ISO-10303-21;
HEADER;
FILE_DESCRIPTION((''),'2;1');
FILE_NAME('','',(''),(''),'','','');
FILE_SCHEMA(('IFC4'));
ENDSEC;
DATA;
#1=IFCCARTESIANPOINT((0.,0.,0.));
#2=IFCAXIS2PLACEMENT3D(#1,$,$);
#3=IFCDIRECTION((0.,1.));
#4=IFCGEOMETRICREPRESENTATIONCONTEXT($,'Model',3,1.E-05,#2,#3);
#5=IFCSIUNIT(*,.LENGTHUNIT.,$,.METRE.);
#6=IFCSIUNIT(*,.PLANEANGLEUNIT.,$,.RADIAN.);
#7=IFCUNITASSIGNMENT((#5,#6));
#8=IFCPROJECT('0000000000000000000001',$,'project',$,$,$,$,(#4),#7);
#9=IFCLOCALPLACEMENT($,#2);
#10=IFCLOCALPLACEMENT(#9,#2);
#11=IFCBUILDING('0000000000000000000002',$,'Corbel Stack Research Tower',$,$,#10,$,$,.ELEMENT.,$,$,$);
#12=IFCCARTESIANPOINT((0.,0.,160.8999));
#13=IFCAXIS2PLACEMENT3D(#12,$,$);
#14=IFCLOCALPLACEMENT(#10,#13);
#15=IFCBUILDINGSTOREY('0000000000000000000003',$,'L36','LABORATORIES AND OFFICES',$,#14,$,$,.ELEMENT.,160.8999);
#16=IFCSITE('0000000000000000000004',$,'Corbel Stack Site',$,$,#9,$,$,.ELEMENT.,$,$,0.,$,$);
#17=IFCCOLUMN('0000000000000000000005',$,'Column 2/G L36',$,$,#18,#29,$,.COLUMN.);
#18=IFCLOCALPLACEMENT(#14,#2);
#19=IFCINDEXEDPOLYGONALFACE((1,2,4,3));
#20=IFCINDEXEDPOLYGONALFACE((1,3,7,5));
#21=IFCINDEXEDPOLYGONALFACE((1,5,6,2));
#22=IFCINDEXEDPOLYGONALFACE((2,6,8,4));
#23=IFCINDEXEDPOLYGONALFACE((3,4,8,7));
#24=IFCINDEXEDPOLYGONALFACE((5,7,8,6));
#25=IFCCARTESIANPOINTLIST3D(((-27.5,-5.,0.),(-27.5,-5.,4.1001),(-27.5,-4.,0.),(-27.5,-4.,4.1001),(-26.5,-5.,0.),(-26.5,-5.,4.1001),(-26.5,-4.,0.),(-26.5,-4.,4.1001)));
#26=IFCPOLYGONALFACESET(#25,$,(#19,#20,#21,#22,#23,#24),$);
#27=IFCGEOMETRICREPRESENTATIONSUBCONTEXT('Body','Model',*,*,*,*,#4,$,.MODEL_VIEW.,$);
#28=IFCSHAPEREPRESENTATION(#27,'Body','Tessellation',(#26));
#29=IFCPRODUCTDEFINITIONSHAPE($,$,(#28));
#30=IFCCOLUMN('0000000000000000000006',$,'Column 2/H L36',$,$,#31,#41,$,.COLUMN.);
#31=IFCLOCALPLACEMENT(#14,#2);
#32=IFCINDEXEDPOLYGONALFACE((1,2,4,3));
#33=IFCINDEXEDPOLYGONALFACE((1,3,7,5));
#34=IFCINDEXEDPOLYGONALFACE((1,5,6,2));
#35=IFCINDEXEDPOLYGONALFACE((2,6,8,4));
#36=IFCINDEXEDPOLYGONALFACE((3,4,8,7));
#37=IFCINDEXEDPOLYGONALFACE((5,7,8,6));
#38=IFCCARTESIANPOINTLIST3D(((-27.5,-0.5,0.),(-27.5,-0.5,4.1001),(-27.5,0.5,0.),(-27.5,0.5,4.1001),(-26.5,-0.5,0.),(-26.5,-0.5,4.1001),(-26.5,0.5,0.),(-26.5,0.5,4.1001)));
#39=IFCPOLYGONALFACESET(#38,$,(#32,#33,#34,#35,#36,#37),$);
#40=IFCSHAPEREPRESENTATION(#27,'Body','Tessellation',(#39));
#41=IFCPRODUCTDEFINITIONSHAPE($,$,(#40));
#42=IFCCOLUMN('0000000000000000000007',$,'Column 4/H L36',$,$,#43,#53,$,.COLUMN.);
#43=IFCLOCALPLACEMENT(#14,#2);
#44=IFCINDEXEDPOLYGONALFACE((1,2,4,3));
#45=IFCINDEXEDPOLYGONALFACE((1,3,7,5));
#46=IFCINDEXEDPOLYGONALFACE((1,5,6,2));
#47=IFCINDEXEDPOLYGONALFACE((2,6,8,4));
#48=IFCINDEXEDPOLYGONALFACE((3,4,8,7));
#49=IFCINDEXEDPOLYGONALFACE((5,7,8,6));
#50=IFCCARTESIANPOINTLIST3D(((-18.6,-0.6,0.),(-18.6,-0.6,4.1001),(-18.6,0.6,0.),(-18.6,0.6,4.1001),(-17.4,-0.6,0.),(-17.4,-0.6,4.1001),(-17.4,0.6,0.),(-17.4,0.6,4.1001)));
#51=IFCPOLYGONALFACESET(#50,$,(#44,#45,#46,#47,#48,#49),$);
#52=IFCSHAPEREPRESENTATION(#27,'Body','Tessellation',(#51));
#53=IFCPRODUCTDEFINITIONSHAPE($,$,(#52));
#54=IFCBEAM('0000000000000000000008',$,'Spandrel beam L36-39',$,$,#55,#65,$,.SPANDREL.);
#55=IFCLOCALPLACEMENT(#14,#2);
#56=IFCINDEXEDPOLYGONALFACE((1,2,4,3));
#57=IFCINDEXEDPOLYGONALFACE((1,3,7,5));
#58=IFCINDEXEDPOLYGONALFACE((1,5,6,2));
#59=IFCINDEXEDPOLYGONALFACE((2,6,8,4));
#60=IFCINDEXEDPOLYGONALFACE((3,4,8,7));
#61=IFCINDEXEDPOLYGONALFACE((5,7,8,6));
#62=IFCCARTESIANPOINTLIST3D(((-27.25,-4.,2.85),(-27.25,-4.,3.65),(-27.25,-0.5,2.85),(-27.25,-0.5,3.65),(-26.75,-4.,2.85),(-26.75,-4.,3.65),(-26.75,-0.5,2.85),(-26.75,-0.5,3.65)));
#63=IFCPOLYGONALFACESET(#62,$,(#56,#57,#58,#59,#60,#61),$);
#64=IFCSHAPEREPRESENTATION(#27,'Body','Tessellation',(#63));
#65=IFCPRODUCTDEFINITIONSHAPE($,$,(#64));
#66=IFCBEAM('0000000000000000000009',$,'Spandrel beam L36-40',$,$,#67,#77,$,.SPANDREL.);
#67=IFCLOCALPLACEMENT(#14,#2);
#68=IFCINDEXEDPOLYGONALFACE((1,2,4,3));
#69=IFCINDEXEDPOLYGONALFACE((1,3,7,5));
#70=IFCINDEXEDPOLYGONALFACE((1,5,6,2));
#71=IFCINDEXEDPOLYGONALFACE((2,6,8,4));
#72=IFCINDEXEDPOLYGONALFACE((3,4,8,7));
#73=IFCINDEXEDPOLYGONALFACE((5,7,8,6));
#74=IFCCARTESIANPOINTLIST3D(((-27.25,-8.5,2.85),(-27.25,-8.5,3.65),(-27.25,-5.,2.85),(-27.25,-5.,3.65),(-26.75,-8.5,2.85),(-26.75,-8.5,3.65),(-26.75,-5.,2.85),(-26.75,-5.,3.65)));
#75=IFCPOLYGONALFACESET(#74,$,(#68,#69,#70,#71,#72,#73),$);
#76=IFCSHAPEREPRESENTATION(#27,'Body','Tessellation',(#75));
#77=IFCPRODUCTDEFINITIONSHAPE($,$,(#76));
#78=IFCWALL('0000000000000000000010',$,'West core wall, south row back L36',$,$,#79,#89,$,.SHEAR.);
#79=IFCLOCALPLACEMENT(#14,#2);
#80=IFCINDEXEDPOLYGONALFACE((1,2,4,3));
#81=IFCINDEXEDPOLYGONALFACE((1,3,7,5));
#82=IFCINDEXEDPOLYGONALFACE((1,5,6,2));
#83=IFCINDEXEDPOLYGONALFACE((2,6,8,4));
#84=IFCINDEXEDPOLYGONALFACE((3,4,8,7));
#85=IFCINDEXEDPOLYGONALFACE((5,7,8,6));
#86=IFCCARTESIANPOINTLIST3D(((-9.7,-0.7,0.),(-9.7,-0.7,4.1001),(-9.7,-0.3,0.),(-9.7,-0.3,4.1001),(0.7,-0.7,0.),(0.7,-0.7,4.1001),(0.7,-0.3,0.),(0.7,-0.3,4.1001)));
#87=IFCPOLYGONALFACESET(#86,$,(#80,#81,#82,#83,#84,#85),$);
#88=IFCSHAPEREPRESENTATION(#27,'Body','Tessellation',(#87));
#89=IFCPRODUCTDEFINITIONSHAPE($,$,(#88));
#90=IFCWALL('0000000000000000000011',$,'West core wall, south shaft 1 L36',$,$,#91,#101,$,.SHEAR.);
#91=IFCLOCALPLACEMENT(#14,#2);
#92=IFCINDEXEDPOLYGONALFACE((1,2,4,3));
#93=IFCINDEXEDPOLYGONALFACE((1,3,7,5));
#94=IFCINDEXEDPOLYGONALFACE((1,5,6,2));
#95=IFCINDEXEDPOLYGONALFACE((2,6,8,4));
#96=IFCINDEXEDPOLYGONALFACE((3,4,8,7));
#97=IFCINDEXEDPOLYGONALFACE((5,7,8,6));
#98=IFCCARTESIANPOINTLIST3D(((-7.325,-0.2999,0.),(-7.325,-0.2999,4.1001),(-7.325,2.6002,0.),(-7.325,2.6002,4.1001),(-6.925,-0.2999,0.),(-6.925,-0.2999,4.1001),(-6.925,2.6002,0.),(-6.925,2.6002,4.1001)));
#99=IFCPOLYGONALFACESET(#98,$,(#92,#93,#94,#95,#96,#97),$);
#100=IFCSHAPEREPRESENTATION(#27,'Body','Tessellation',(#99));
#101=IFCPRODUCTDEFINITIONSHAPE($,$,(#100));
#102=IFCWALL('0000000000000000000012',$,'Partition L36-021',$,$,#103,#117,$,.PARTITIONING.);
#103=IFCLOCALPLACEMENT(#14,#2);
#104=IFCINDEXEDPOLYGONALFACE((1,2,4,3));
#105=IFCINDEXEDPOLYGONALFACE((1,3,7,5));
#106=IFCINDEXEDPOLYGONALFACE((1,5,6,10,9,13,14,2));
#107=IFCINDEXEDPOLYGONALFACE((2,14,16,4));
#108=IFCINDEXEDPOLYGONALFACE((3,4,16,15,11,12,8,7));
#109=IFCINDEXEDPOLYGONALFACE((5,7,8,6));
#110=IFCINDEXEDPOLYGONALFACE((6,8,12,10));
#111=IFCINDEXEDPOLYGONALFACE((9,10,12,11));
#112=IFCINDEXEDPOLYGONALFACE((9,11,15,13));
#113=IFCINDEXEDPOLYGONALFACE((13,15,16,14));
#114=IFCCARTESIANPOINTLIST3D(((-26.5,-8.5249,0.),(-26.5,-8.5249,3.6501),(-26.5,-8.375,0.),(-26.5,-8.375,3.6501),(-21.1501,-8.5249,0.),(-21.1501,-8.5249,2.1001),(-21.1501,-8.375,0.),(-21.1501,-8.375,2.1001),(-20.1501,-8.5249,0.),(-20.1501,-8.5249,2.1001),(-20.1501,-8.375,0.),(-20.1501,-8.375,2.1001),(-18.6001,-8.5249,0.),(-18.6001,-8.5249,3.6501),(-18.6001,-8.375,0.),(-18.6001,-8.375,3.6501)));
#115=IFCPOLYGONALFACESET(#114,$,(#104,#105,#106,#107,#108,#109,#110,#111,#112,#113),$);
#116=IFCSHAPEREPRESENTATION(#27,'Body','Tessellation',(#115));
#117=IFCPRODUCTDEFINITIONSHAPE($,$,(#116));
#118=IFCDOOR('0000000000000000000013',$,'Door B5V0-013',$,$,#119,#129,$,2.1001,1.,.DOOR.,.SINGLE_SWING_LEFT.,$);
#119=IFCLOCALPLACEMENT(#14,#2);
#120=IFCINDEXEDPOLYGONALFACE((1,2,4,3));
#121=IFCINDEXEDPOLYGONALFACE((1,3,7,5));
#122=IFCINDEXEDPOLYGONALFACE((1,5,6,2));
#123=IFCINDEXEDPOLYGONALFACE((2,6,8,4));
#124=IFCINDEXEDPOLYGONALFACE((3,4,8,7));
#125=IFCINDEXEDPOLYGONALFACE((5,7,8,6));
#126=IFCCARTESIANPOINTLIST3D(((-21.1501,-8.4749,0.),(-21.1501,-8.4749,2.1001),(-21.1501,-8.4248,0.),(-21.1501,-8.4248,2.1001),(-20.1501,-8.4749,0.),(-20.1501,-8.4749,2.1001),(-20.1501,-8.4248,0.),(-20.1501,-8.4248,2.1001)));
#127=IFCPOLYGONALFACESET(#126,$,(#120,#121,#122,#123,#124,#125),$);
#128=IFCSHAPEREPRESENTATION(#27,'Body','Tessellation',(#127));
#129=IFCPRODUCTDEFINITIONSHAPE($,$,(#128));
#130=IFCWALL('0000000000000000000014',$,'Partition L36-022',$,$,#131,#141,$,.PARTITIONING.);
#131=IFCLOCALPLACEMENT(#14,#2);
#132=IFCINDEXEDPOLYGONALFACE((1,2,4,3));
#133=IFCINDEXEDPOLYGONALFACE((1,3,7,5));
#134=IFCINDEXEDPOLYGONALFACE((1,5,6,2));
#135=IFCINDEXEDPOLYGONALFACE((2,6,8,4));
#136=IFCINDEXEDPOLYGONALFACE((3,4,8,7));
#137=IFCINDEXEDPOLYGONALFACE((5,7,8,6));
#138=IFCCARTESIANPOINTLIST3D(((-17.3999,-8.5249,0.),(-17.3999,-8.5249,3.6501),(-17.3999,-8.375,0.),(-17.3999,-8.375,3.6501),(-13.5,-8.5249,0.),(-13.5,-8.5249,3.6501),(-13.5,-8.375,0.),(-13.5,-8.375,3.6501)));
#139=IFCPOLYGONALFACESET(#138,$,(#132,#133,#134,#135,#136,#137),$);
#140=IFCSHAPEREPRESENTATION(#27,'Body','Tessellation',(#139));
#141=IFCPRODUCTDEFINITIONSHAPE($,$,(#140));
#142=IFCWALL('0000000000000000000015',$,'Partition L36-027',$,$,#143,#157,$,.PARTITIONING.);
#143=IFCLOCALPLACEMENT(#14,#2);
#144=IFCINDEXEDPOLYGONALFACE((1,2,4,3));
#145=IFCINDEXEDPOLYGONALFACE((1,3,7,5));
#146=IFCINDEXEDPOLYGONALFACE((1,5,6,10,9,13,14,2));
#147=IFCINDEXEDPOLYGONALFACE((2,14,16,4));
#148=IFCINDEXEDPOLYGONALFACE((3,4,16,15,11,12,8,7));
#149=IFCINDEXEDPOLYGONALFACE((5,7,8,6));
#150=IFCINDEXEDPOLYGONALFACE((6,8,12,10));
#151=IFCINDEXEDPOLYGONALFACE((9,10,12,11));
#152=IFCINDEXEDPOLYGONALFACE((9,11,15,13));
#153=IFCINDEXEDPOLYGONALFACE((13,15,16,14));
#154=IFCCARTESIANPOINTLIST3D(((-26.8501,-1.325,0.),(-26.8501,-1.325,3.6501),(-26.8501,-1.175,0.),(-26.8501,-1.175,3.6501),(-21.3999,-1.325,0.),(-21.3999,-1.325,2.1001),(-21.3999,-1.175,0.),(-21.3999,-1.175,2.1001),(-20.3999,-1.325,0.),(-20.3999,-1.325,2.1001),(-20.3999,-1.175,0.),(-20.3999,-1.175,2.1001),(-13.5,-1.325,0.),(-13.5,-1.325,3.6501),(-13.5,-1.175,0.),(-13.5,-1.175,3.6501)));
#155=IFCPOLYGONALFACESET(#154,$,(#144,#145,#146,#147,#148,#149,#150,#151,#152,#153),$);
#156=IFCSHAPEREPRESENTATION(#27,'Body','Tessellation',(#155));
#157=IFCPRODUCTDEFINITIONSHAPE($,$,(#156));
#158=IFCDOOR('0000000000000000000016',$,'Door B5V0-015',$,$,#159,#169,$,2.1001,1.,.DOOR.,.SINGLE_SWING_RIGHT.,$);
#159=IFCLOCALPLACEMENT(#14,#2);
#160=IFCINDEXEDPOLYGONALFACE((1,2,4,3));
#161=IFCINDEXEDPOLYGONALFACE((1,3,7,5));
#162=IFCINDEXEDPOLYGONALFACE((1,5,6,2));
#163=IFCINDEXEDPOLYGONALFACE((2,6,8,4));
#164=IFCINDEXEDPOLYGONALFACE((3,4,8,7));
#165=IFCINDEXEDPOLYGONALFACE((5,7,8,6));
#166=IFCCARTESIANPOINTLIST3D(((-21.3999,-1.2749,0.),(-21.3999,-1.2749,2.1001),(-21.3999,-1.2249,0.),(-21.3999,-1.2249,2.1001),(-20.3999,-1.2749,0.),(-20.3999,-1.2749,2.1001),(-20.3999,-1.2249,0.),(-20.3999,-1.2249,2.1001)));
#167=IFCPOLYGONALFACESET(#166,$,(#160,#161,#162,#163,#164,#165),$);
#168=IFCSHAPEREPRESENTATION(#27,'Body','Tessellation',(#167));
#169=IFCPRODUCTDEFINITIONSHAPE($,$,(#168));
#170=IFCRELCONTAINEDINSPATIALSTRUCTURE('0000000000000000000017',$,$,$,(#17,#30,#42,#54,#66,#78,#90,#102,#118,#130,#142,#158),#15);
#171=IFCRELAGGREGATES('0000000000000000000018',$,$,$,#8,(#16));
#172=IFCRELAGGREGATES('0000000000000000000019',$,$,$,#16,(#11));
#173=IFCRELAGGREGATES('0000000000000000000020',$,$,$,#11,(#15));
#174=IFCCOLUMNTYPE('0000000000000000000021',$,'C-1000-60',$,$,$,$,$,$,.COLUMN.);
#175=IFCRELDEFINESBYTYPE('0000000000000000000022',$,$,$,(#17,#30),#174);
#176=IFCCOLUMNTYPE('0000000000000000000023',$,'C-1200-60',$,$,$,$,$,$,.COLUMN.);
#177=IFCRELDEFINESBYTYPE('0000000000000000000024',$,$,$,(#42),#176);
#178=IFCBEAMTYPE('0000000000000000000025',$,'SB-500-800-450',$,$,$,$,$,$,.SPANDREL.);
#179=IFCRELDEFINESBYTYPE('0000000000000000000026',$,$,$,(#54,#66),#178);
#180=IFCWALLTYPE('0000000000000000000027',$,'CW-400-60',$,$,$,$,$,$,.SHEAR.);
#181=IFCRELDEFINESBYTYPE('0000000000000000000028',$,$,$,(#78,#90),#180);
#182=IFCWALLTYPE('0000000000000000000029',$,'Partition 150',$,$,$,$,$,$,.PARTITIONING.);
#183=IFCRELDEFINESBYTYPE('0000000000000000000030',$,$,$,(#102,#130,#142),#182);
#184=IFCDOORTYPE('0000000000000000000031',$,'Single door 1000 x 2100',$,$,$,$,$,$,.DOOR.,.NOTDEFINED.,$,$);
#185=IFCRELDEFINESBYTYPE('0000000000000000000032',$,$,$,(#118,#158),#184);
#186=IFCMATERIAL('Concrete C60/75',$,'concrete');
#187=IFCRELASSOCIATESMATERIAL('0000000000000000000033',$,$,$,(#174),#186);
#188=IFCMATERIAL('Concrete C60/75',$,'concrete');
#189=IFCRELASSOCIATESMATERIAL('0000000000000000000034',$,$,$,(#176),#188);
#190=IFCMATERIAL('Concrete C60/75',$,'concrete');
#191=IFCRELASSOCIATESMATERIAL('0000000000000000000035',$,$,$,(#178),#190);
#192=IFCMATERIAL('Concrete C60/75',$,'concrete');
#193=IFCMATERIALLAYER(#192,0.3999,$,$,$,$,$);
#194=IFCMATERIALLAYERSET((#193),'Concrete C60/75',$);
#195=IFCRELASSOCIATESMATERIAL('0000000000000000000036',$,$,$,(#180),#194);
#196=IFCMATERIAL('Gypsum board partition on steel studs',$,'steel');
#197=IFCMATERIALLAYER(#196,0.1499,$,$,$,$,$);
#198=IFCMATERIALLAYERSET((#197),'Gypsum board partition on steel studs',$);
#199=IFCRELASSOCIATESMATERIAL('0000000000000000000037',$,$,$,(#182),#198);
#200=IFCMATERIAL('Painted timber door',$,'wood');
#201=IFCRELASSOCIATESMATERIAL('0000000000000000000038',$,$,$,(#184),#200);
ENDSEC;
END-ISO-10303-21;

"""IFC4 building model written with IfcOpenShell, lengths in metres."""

from ifc_helpers import new_model, si_unit, direction, frame, frame_2d, origin, origin_2d, place, context, subcontext, project, spatial, rectangle, extrude, material, layer, layer_set, material_profile, profile_set, type_object, element, fill, save


model = new_model("IFC4")

# Units and contexts
model_context = context("Model", 3, precision=1e-05, world=origin(), true_north=direction((0.0, 1.0)))
body_context = subcontext(model_context, "Body", "Model", "MODEL_VIEW")
ifc_project = project(units=[si_unit("LENGTHUNIT", "METRE"), si_unit("PLANEANGLEUNIT", "RADIAN")], contexts=[model_context])

# Site, building, storey
site_placement = place(None, origin())
site = spatial("IfcSite", under=ifc_project, at=site_placement, Name="Corbel Stack Site", CompositionType="ELEMENT", RefElevation=0.0)
building_placement = place(site_placement, origin())
building = spatial("IfcBuilding", under=site, at=building_placement, Name="Corbel Stack Research Tower", CompositionType="ELEMENT")
storey_placement = place(building_placement, frame((0.0, 0.0, 160.8999)))
storey = spatial("IfcBuildingStorey", under=building, at=storey_placement, Name="L36", Description="LABORATORIES AND OFFICES", CompositionType="ELEMENT", Elevation=160.8999)

# Columns
ifc_material_1 = material(Name="Concrete C60/75", Category="concrete")
ifc_material_profile_1 = material_profile(ifc_material_1, rectangle(XDim=1.0, YDim=1.0, at=origin_2d()), Name="RC 1000 x 1000")
ifc_profile_set_1 = profile_set([ifc_material_profile_1], Name="Concrete C60/75")
column_type_1 = type_object("IfcColumnType", Name="C-1000-60", PredefinedType="COLUMN", material=ifc_profile_set_1)
for number, where, z_axis, x_axis, name in (
    (1, (-27.0, -4.5, 0.0), (0.0, 0.0, 1.0), (1.0, 0.0, 0.0), "Column 2/G L36"),
    (2, (-27.0, 0.0, 0.0), (0.0, 0.0, 1.0), (1.0, 0.0, 0.0), "Column 2/H L36"),
):
    element("IfcColumn", number, at=place(storey_placement, frame(where, z_axis=z_axis, x_axis=x_axis)), inside=storey, type_object=column_type_1, Name=name, PredefinedType="COLUMN", context=body_context, shape_type="SweptSolid", body=[
        extrude(rectangle(XDim=1.0, YDim=1.0, at=origin_2d()), origin(), (0.0, 0.0, 1.0), 4.1001),
    ])
ifc_material_2 = material(Name="Concrete C60/75", Category="concrete")
ifc_material_profile_2 = material_profile(ifc_material_2, rectangle(XDim=1.2, YDim=1.2, at=origin_2d()), Name="RC 1200 x 1200")
ifc_profile_set_2 = profile_set([ifc_material_profile_2], Name="Concrete C60/75")
column_type_2 = type_object("IfcColumnType", Name="C-1200-60", PredefinedType="COLUMN", material=ifc_profile_set_2)
column_placement = place(storey_placement, frame((-18.0, 0.0, 0.0), z_axis=(0.0, 0.0, 1.0), x_axis=(1.0, 0.0, 0.0)))
element("IfcColumn", 3, at=column_placement, inside=storey, type_object=column_type_2, Name="Column 4/H L36", PredefinedType="COLUMN", context=body_context, shape_type="SweptSolid", body=[
    extrude(rectangle(XDim=1.2, YDim=1.2, at=origin_2d()), origin(), (0.0, 0.0, 1.0), 4.1001),
])

# Beams
ifc_material_3 = material(Name="Concrete C60/75", Category="concrete")
ifc_material_profile_3 = material_profile(ifc_material_3, rectangle(XDim=0.5, YDim=0.8, at=origin_2d()), Name="RC 500 x 800")
ifc_profile_set_3 = profile_set([ifc_material_profile_3], Name="Concrete C60/75")
beam_type = type_object("IfcBeamType", Name="SB-500-800-450", PredefinedType="SPANDREL", material=ifc_profile_set_3)
for number, where, z_axis, x_axis, name in (
    (4, (-27.0, -0.5, 3.25), (0.0, -1.0, 0.0), (1.0, 0.0, 0.0), "Spandrel beam L36-39"),
    (5, (-27.0, -5.0, 3.25), (0.0, -1.0, 0.0), (1.0, 0.0, 0.0), "Spandrel beam L36-40"),
):
    element("IfcBeam", number, at=place(storey_placement, frame(where, z_axis=z_axis, x_axis=x_axis)), inside=storey, type_object=beam_type, Name=name, PredefinedType="SPANDREL", context=body_context, shape_type="SweptSolid", body=[
        extrude(rectangle(XDim=0.5, YDim=0.8, at=origin_2d()), origin(), (0.0, 0.0, 1.0), 3.5),
    ])

# Walls
ifc_material_4 = material(Name="Concrete C60/75", Category="concrete")
ifc_layer_1 = layer(ifc_material_4, 0.3999)
ifc_layer_set_1 = layer_set([ifc_layer_1], Name="Concrete C60/75")
wall_type_1 = type_object("IfcWallType", Name="CW-400-60", PredefinedType="SHEAR", material=ifc_layer_set_1)
wall_1_placement = place(storey_placement, frame((-9.7, -0.5, 0.0), z_axis=(0.0, 0.0, 1.0), x_axis=(1.0, 0.0, 0.0)))
element("IfcWall", 6, at=wall_1_placement, inside=storey, type_object=wall_type_1, Name="West core wall, south row back L36", PredefinedType="SHEAR", context=body_context, shape_type="SweptSolid", body=[
    extrude(rectangle(XDim=10.3999, YDim=0.3999, at=frame_2d((5.2, 0.0))), origin(), (0.0, 0.0, 1.0), 4.1001),
])
wall_2_placement = place(storey_placement, frame((-7.125, -0.3, 0.0), z_axis=(0.0, 0.0, 1.0), x_axis=(0.0, 1.0, 0.0)))
element("IfcWall", 7, at=wall_2_placement, inside=storey, type_object=wall_type_1, Name="West core wall, south shaft 1 L36", PredefinedType="SHEAR", context=body_context, shape_type="SweptSolid", body=[
    extrude(rectangle(XDim=2.9001, YDim=0.3999, at=frame_2d((1.4502, 0.0))), origin(), (0.0, 0.0, 1.0), 4.1001),
])

# Wall, opening, door
ifc_material_5 = material(Name="Gypsum board partition on steel studs", Category="steel")
ifc_layer_2 = layer(ifc_material_5, 0.1499)
ifc_layer_set_2 = layer_set([ifc_layer_2], Name="Gypsum board partition on steel studs")
wall_type_2 = type_object("IfcWallType", Name="Partition 150", PredefinedType="PARTITIONING", material=ifc_layer_set_2)
wall_3_placement = place(storey_placement, frame((-18.6001, -8.45, 0.0), z_axis=(0.0, 0.0, 1.0), x_axis=(-1.0, 0.0, 0.0)))
wall_3 = element("IfcWall", 8, at=wall_3_placement, inside=storey, type_object=wall_type_2, Name="Partition L36-021", PredefinedType="PARTITIONING", context=body_context, shape_type="SweptSolid", body=[
    extrude(rectangle(XDim=7.8999, YDim=0.1499, at=frame_2d((3.95, 0.0))), origin(), (0.0, 0.0, 1.0), 3.6501),
])
opening_1_placement = place(wall_3_placement, frame((1.55, 0.0, 0.0)))
opening_1 = element("IfcOpeningElement", 9, at=opening_1_placement, cuts=wall_3, PredefinedType="OPENING", context=body_context, shape_type="SweptSolid", body=[
    extrude(rectangle(XDim=1.0, YDim=2.1001, at=frame_2d((0.5, 1.05))), frame((0.0, 0.085, 0.0), z_axis=(0.0, -1.0, 0.0), x_axis=(1.0, 0.0, 0.0)), (0.0, 0.0, 1.0), 0.1699),
])
ifc_material_6 = material(Name="Painted timber door", Category="wood")
door_type = type_object("IfcDoorType", Name="Single door 1000 x 2100", OperationType="NOTDEFINED", PredefinedType="DOOR", material=ifc_material_6)
door_1_placement = place(opening_1_placement, origin())
door_1 = element("IfcDoor", 10, at=door_1_placement, inside=storey, type_object=door_type, Name="Door B5V0-013", OperationType="SINGLE_SWING_LEFT", OverallHeight=2.1001, OverallWidth=1.0, PredefinedType="DOOR", context=body_context, shape_type="SweptSolid", body=[
    extrude(rectangle(XDim=1.0, YDim=2.1001, at=frame_2d((0.5, 1.05))), frame((0.0, 0.0249, 0.0), z_axis=(0.0, -1.0, 0.0), x_axis=(1.0, 0.0, 0.0)), (0.0, 0.0, 1.0), 0.05),
])
fill(opening_1, door_1)

# Wall
wall_4_placement = place(storey_placement, frame((-17.3999, -8.45, 0.0), z_axis=(0.0, 0.0, 1.0), x_axis=(1.0, 0.0, 0.0)))
element("IfcWall", 11, at=wall_4_placement, inside=storey, type_object=wall_type_2, Name="Partition L36-022", PredefinedType="PARTITIONING", context=body_context, shape_type="SweptSolid", body=[
    extrude(rectangle(XDim=3.8999, YDim=0.1499, at=frame_2d((1.95, 0.0))), origin(), (0.0, 0.0, 1.0), 3.6501),
])

# Wall, opening, door
wall_5_placement = place(storey_placement, frame((-13.5, -1.25, 0.0), z_axis=(0.0, 0.0, 1.0), x_axis=(-1.0, 0.0, 0.0)))
wall_5 = element("IfcWall", 12, at=wall_5_placement, inside=storey, type_object=wall_type_2, Name="Partition L36-027", PredefinedType="PARTITIONING", context=body_context, shape_type="SweptSolid", body=[
    extrude(rectangle(XDim=13.3501, YDim=0.1499, at=frame_2d((6.675, 0.0))), origin(), (0.0, 0.0, 1.0), 3.6501),
])
opening_2_placement = place(wall_5_placement, frame((6.8999, 0.0, 0.0)))
opening_2 = element("IfcOpeningElement", 13, at=opening_2_placement, cuts=wall_5, PredefinedType="OPENING", context=body_context, shape_type="SweptSolid", body=[
    extrude(rectangle(XDim=1.0, YDim=2.1001, at=frame_2d((0.5, 1.05))), frame((0.0, 0.085, 0.0), z_axis=(0.0, -1.0, 0.0), x_axis=(1.0, 0.0, 0.0)), (0.0, 0.0, 1.0), 0.1699),
])
door_2_placement = place(opening_2_placement, origin())
door_2 = element("IfcDoor", 14, at=door_2_placement, inside=storey, type_object=door_type, Name="Door B5V0-015", OperationType="SINGLE_SWING_RIGHT", OverallHeight=2.1001, OverallWidth=1.0, PredefinedType="DOOR", context=body_context, shape_type="SweptSolid", body=[
    extrude(rectangle(XDim=1.0, YDim=2.1001, at=frame_2d((0.5, 1.05))), frame((0.0, 0.0249, 0.0), z_axis=(0.0, -1.0, 0.0), x_axis=(1.0, 0.0, 0.0)), (0.0, 0.0, 1.0), 0.05),
])
fill(opening_2, door_2)

save(model, "model.ifc")
